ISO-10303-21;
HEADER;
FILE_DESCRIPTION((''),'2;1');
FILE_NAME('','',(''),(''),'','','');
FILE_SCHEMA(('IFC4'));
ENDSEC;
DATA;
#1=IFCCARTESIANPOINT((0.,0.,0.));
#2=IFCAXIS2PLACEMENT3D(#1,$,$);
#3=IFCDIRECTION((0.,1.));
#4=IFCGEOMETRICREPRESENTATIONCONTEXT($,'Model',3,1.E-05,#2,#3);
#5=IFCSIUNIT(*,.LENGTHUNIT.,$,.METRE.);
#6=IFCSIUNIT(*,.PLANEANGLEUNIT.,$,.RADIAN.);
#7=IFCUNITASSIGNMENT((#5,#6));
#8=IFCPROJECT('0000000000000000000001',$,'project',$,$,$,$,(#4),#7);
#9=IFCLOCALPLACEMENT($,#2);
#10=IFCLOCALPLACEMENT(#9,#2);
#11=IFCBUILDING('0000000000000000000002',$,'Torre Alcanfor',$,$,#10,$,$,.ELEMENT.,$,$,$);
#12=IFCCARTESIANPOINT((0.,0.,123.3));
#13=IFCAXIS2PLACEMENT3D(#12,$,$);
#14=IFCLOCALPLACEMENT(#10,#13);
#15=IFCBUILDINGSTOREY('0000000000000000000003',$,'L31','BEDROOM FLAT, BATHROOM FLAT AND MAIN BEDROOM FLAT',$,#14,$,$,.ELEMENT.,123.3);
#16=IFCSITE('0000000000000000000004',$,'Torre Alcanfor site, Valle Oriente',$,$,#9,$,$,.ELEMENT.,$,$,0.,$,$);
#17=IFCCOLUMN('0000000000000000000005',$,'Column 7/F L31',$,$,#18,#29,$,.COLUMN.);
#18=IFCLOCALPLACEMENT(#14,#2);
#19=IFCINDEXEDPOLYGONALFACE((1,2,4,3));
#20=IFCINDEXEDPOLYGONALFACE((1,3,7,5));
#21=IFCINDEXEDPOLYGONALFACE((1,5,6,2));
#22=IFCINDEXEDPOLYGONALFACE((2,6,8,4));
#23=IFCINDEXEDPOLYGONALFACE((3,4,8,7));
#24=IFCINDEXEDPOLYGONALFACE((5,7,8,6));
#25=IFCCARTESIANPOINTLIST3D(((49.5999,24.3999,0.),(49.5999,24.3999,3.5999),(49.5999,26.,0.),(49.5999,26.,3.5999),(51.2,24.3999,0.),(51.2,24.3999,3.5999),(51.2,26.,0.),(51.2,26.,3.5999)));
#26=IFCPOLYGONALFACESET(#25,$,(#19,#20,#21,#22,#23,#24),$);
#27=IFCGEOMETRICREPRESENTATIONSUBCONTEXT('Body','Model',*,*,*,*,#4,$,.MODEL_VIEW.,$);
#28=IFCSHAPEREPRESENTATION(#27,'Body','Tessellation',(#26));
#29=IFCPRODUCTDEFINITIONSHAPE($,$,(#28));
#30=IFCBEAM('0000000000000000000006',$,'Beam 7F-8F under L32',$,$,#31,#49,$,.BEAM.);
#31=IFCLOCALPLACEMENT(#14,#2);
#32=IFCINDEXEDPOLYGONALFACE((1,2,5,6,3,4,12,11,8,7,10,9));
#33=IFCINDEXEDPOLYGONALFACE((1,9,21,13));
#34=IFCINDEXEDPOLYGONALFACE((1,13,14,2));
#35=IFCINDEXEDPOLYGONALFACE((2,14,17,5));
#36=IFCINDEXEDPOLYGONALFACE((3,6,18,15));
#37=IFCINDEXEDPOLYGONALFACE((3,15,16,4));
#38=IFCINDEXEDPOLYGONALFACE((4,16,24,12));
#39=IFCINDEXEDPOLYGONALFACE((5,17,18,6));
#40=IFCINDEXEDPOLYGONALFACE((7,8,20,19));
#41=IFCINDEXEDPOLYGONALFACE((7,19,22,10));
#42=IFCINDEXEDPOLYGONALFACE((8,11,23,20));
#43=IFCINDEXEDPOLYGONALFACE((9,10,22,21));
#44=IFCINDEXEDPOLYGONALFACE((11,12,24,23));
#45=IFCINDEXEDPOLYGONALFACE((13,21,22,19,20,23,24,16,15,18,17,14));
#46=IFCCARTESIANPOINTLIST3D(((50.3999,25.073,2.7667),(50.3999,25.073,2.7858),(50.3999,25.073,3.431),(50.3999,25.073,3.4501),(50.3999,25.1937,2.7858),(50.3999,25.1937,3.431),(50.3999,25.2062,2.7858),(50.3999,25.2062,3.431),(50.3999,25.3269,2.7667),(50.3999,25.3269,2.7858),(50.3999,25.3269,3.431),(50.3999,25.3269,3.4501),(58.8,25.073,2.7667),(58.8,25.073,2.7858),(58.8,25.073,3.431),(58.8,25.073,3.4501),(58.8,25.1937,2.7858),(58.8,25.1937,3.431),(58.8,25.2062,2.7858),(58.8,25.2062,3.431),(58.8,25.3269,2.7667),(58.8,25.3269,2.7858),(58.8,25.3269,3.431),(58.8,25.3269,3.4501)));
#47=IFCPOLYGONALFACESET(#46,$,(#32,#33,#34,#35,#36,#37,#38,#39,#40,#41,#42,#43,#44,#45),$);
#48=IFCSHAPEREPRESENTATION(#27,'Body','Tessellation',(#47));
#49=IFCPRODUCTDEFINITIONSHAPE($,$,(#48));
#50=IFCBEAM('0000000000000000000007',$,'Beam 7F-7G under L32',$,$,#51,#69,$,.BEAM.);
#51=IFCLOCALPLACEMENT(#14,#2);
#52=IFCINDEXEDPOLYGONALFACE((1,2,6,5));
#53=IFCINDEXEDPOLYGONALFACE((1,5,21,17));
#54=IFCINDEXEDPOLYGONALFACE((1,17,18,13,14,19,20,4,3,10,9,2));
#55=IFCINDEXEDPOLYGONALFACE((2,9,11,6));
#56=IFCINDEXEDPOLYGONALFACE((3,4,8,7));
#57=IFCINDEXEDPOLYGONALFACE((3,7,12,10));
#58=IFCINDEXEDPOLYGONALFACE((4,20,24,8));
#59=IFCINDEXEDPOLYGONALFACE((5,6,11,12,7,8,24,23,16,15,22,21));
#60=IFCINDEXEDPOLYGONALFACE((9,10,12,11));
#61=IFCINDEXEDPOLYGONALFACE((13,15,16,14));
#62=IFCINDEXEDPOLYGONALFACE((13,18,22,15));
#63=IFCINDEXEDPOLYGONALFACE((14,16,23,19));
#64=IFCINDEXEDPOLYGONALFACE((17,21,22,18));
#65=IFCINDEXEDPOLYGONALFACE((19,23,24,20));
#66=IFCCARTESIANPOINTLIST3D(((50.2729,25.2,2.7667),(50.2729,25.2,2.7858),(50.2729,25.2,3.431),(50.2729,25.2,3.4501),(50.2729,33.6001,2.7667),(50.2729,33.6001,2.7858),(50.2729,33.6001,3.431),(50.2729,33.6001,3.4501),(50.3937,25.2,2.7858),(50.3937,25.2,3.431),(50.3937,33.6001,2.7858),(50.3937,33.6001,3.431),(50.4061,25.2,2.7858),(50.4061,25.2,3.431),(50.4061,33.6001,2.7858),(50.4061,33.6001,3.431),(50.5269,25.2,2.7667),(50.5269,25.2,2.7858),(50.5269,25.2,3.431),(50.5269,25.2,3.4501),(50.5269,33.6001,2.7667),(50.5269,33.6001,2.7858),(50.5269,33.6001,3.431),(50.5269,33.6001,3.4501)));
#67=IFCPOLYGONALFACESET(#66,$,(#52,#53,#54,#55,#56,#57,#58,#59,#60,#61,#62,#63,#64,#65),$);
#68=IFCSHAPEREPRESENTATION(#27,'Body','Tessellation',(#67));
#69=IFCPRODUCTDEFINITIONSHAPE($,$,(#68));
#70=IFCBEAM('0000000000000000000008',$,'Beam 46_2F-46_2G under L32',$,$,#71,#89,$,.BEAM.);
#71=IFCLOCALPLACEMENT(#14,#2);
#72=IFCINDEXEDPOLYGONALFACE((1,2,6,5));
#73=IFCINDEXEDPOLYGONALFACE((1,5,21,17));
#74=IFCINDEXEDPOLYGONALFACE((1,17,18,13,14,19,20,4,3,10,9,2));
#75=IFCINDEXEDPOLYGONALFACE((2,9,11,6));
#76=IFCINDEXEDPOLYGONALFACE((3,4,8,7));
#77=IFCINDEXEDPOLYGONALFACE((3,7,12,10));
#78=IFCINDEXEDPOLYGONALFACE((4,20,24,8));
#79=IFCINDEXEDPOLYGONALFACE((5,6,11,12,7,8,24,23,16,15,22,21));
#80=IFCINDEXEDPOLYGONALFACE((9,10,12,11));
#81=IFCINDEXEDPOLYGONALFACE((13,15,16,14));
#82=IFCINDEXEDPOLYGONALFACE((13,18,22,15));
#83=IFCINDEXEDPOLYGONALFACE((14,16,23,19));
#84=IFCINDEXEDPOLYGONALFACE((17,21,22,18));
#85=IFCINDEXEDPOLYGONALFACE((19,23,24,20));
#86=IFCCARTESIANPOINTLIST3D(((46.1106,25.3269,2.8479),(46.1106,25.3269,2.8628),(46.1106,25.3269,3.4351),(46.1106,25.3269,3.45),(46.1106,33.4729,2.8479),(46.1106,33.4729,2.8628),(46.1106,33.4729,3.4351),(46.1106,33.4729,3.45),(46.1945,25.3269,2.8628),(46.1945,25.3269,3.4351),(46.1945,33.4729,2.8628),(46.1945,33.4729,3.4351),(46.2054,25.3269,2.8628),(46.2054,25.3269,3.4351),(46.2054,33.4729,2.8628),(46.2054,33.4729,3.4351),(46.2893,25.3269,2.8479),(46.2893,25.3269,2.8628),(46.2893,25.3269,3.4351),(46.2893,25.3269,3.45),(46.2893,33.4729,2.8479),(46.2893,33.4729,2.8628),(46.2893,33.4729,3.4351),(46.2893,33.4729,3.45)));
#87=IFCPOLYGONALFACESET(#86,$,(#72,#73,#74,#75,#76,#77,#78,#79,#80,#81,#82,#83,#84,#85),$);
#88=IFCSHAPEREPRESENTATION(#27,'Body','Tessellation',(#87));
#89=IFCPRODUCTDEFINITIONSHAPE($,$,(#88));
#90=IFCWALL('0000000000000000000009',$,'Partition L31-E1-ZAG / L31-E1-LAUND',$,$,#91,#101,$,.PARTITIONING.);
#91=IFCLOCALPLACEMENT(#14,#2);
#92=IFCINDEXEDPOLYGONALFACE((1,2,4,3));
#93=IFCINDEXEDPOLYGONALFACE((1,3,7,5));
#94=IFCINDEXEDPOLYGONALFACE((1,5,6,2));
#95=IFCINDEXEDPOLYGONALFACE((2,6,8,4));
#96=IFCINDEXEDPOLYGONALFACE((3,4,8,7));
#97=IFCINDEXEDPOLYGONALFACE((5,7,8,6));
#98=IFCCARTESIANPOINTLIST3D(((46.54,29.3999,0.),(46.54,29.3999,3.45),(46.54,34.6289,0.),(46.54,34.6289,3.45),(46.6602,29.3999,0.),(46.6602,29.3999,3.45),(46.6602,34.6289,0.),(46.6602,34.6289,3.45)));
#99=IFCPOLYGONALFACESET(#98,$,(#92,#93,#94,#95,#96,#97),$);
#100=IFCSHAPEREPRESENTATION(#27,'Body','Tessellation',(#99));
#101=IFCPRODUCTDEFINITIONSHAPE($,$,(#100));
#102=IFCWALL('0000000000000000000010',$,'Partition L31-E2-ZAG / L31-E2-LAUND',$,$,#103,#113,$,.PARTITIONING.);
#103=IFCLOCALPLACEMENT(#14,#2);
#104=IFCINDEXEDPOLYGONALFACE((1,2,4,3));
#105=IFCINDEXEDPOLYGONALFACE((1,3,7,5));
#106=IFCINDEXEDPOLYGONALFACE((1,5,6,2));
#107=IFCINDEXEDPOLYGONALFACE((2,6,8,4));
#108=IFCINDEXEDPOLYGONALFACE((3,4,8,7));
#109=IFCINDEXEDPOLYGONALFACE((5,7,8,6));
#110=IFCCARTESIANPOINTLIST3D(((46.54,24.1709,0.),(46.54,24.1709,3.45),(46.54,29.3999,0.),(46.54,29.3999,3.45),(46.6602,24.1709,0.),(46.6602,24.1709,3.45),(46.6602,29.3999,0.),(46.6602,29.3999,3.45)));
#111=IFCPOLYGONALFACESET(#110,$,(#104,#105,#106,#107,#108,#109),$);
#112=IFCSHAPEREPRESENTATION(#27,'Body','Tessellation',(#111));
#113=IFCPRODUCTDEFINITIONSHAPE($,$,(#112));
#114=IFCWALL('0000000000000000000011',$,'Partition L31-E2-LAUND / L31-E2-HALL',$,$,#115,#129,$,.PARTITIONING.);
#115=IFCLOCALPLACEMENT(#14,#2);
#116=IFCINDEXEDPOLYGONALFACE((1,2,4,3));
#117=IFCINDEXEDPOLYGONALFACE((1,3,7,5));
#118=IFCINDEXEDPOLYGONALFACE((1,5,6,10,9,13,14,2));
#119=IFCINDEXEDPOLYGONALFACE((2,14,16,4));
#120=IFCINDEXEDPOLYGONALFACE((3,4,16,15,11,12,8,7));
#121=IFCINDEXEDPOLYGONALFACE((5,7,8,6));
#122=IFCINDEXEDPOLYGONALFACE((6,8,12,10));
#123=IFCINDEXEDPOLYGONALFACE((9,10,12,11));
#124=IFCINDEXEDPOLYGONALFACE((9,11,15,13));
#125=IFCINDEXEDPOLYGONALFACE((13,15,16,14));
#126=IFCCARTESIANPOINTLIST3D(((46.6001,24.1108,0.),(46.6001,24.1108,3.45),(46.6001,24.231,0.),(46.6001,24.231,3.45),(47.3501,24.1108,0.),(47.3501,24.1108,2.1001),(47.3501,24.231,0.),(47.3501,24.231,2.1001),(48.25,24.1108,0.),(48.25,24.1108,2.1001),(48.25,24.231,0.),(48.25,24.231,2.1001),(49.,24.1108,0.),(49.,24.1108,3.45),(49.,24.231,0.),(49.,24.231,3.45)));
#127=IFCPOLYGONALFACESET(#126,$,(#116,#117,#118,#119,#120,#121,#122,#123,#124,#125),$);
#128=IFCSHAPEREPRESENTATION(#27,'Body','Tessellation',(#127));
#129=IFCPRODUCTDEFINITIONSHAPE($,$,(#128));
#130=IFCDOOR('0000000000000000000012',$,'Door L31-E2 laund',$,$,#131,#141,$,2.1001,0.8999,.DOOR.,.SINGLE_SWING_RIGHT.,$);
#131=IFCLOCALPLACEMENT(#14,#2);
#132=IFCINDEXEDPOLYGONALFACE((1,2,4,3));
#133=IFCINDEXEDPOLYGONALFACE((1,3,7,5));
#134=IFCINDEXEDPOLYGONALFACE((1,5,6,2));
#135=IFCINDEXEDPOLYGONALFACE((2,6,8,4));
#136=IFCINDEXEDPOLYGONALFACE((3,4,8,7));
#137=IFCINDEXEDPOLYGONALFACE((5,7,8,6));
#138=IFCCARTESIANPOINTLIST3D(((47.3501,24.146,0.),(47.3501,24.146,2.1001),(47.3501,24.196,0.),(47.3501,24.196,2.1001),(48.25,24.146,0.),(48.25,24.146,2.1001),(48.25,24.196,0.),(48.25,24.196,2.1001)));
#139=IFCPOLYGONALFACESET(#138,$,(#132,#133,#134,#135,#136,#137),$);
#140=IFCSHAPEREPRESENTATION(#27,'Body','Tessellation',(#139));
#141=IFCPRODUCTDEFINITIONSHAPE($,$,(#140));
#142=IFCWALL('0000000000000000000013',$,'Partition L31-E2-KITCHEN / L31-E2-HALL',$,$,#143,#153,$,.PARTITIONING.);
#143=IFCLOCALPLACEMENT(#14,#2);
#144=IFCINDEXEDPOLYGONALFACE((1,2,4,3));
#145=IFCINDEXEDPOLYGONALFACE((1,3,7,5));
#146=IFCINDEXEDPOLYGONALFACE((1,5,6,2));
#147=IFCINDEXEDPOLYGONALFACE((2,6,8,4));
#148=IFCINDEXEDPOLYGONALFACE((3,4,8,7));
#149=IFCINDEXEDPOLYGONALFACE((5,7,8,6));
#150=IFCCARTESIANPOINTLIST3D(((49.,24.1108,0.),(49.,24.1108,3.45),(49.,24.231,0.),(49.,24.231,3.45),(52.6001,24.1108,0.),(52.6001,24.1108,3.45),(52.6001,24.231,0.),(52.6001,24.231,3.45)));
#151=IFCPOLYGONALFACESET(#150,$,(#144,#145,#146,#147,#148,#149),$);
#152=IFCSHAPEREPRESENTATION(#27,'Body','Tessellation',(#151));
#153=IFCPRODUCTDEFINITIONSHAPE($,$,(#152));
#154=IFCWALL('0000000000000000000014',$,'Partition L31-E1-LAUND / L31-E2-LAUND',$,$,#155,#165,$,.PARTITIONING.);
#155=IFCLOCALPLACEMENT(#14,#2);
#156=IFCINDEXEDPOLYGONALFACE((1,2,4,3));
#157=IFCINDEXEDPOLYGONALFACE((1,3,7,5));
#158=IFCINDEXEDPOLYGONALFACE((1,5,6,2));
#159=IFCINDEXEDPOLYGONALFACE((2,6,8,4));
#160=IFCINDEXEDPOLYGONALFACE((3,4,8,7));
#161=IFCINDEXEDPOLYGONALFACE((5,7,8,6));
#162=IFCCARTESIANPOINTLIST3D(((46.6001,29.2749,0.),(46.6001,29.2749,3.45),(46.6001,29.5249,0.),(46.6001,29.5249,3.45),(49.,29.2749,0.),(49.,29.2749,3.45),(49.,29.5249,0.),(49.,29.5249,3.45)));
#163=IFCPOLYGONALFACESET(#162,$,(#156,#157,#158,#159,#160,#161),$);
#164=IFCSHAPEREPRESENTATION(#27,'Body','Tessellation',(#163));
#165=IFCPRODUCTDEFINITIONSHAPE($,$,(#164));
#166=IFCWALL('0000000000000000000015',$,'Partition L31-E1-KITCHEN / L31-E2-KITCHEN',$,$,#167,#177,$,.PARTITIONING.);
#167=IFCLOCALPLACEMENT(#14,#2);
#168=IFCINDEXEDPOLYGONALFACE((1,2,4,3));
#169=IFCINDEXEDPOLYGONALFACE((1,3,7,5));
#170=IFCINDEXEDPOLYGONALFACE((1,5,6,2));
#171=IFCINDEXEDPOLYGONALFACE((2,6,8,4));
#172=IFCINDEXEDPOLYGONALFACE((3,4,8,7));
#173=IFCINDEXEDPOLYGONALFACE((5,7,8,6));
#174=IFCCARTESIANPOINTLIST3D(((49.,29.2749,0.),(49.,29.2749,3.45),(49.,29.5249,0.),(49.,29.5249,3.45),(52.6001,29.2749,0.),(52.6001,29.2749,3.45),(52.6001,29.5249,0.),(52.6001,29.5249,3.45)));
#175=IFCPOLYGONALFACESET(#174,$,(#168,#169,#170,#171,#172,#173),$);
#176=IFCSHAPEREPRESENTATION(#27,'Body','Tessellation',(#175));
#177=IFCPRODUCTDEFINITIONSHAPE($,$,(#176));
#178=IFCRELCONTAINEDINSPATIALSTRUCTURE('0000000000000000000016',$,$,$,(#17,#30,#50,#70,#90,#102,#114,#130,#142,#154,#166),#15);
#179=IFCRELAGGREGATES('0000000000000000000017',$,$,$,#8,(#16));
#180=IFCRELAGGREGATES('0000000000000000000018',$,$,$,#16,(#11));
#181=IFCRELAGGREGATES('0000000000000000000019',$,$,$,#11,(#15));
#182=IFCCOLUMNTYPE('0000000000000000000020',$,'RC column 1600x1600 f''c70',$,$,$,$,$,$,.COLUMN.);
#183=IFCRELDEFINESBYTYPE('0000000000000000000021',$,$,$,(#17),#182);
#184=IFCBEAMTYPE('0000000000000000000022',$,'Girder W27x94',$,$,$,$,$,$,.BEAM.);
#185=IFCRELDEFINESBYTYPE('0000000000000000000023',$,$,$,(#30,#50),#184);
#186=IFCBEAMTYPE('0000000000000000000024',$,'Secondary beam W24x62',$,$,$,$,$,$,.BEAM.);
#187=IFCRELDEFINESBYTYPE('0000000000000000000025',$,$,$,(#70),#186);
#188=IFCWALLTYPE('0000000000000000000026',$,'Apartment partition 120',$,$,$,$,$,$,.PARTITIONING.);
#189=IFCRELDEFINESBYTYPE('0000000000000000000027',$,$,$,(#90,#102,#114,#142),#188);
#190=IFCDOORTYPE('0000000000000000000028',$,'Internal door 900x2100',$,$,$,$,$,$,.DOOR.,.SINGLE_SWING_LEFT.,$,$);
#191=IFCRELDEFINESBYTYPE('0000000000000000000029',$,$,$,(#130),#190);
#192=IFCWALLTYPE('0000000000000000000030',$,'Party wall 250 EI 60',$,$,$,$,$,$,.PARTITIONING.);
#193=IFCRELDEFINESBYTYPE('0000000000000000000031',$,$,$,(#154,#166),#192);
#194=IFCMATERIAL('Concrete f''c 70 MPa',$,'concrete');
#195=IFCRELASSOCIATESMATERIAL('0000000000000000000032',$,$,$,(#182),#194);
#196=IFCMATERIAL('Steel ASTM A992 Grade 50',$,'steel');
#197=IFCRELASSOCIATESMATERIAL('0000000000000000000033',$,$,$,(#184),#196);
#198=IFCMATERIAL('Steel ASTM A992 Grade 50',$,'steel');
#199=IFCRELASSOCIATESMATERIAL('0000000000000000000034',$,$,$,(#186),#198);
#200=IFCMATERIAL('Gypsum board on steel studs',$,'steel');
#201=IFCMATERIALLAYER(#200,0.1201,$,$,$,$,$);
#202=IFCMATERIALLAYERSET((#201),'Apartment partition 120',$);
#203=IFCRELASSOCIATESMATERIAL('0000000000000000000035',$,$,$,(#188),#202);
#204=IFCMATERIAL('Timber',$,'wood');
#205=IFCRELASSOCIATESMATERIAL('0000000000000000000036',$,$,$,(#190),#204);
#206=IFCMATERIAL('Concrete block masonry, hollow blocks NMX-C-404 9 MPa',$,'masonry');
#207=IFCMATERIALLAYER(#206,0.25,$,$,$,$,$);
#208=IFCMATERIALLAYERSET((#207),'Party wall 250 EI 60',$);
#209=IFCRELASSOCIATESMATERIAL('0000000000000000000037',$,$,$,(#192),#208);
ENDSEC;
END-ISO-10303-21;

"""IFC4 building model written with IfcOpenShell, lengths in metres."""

from ifc_helpers import new_model, si_unit, direction, frame, frame_2d, origin, origin_2d, place, context, subcontext, project, spatial, rectangle, i_section, extrude, material, layer, layer_set, material_profile, profile_set, type_object, element, fill, save


model = new_model("IFC4")

# Units and contexts
model_context = context("Model", 3, precision=1e-05, world=origin(), true_north=direction((0.0, 1.0)))
body_context = subcontext(model_context, "Body", "Model", "MODEL_VIEW")
ifc_project = project(units=[si_unit("LENGTHUNIT", "METRE"), si_unit("PLANEANGLEUNIT", "RADIAN")], contexts=[model_context])

# Site, building, storey
site_placement = place(None, origin())
site = spatial("IfcSite", under=ifc_project, at=site_placement, Name="Torre Alcanfor site, Valle Oriente", CompositionType="ELEMENT", RefElevation=0.0)
building_placement = place(site_placement, origin())
building = spatial("IfcBuilding", under=site, at=building_placement, Name="Torre Alcanfor", CompositionType="ELEMENT")
storey_placement = place(building_placement, frame((0.0, 0.0, 123.3)))
storey = spatial("IfcBuildingStorey", under=building, at=storey_placement, Name="L31", Description="BEDROOM FLAT, BATHROOM FLAT AND MAIN BEDROOM FLAT", CompositionType="ELEMENT", Elevation=123.3)

# Column
ifc_material_1 = material(Name="Concrete f'c 70 MPa", Category="concrete")
ifc_material_profile_1 = material_profile(ifc_material_1, rectangle(XDim=1.6001, YDim=1.6001, at=origin_2d()), Name="1600x1600")
ifc_profile_set_1 = profile_set([ifc_material_profile_1], Name="Concrete f'c 70 MPa")
column_type = type_object("IfcColumnType", Name="RC column 1600x1600 f'c70", PredefinedType="COLUMN", material=ifc_profile_set_1)
column_placement = place(storey_placement, frame((50.3999, 25.2, 0.0), z_axis=(0.0, 0.0, 1.0), x_axis=(1.0, 0.0, 0.0)))
element("IfcColumn", 1, at=column_placement, inside=storey, type_object=column_type, Name="Column 7/F L31", PredefinedType="COLUMN", context=body_context, shape_type="SweptSolid", body=[
    extrude(rectangle(XDim=1.6001, YDim=1.6001, at=origin_2d()), origin(), (0.0, 0.0, 1.0), 3.5999),
])

# Beams
ifc_material_2 = material(Name="Steel ASTM A992 Grade 50", Category="steel")
ifc_material_profile_2 = material_profile(ifc_material_2, i_section(OverallWidth=0.2539, OverallDepth=0.6833, WebThickness=0.0125, FlangeThickness=0.019, at=origin_2d()), Name="W27x94")
ifc_profile_set_2 = profile_set([ifc_material_profile_2], Name="Steel ASTM A992 Grade 50")
beam_type_1 = type_object("IfcBeamType", Name="Girder W27x94", PredefinedType="BEAM", material=ifc_profile_set_2)
for number, where, z_axis, x_axis, name in (
    (2, (50.3999, 25.2, 3.1084), (1.0, 0.0, 0.0), (0.0, 1.0, 0.0), "Beam 7F-8F under L32"),
    (3, (50.3999, 25.2, 3.1084), (0.0, 1.0, 0.0), (-1.0, 0.0, 0.0), "Beam 7F-7G under L32"),
):
    element("IfcBeam", number, at=place(storey_placement, frame(where, z_axis=z_axis, x_axis=x_axis)), inside=storey, type_object=beam_type_1, Name=name, PredefinedType="BEAM", context=body_context, shape_type="SweptSolid", body=[
        extrude(i_section(OverallWidth=0.2539, OverallDepth=0.6833, WebThickness=0.0125, FlangeThickness=0.019, at=origin_2d()), origin(), (0.0, 0.0, 1.0), 8.4001),
    ])
ifc_material_3 = material(Name="Steel ASTM A992 Grade 50", Category="steel")
ifc_material_profile_3 = material_profile(ifc_material_3, i_section(OverallWidth=0.1787, OverallDepth=0.6021, WebThickness=0.011, FlangeThickness=0.0149, at=origin_2d()), Name="W24x62")
ifc_profile_set_3 = profile_set([ifc_material_profile_3], Name="Steel ASTM A992 Grade 50")
beam_type_2 = type_object("IfcBeamType", Name="Secondary beam W24x62", PredefinedType="BEAM", material=ifc_profile_set_3)
beam_placement = place(storey_placement, frame((46.2, 25.3269, 3.1489), z_axis=(0.0, 1.0, 0.0), x_axis=(-1.0, 0.0, 0.0)))
element("IfcBeam", 4, at=beam_placement, inside=storey, type_object=beam_type_2, Name="Beam 46_2F-46_2G under L32", PredefinedType="BEAM", context=body_context, shape_type="SweptSolid", body=[
    extrude(i_section(OverallWidth=0.1787, OverallDepth=0.6021, WebThickness=0.011, FlangeThickness=0.0149, at=origin_2d()), origin(), (0.0, 0.0, 1.0), 8.146),
])

# Walls
ifc_material_4 = material(Name="Gypsum board on steel studs", Category="steel")
ifc_layer_1 = layer(ifc_material_4, 0.1201)
ifc_layer_set_1 = layer_set([ifc_layer_1], Name="Apartment partition 120")
wall_type_1 = type_object("IfcWallType", Name="Apartment partition 120", PredefinedType="PARTITIONING", material=ifc_layer_set_1)
for number, where, z_axis, x_axis, name in (
    (5, (46.6001, 29.3999, 0.0), (0.0, 0.0, 1.0), (0.0, 1.0, 0.0), "Partition L31-E1-ZAG / L31-E1-LAUND"),
    (6, (46.6001, 29.3999, 0.0), (0.0, 0.0, 1.0), (0.0, -1.0, 0.0), "Partition L31-E2-ZAG / L31-E2-LAUND"),
):
    element("IfcWall", number, at=place(storey_placement, frame(where, z_axis=z_axis, x_axis=x_axis)), inside=storey, type_object=wall_type_1, Name=name, PredefinedType="PARTITIONING", context=body_context, shape_type="SweptSolid", body=[
        extrude(rectangle(XDim=5.229, YDim=0.1201, at=frame_2d((2.6145, 0.0))), origin(), (0.0, 0.0, 1.0), 3.45),
    ])

# Wall, opening, door
wall_1_placement = place(storey_placement, frame((49.0, 24.1709, 0.0), z_axis=(0.0, 0.0, 1.0), x_axis=(-1.0, 0.0, 0.0)))
wall_1 = element("IfcWall", 7, at=wall_1_placement, inside=storey, type_object=wall_type_1, Name="Partition L31-E2-LAUND / L31-E2-HALL", PredefinedType="PARTITIONING", context=body_context, shape_type="SweptSolid", body=[
    extrude(rectangle(XDim=2.3999, YDim=0.1201, at=frame_2d((1.2, 0.0))), origin(), (0.0, 0.0, 1.0), 3.45),
])
opening_1_placement = place(wall_1_placement, frame((0.75, 0.0, 0.0)))
opening_1 = element("IfcOpeningElement", 8, at=opening_1_placement, cuts=wall_1, PredefinedType="OPENING", context=body_context, shape_type="SweptSolid", body=[
    extrude(rectangle(XDim=0.8999, YDim=2.1001, at=frame_2d((0.45, 1.05))), frame((0.0, 0.0701, 0.0), z_axis=(0.0, -1.0, 0.0), x_axis=(1.0, 0.0, 0.0)), (0.0, 0.0, 1.0), 0.1401),
])
ifc_material_5 = material(Name="Timber", Category="wood")
door_type_1 = type_object("IfcDoorType", Name="Internal door 900x2100", OperationType="SINGLE_SWING_LEFT", PredefinedType="DOOR", material=ifc_material_5)
door_1_placement = place(opening_1_placement, frame((0.8999, 0.0, 0.0), z_axis=(0.0, 0.0, 1.0), x_axis=(-1.0, 0.0, 0.0)))
door_1 = element("IfcDoor", 9, at=door_1_placement, inside=storey, type_object=door_type_1, Name="Door L31-E2 laund", OperationType="SINGLE_SWING_RIGHT", OverallHeight=2.1001, OverallWidth=0.8999, PredefinedType="DOOR", context=body_context, shape_type="SweptSolid", body=[
    extrude(rectangle(XDim=0.8999, YDim=2.1001, at=frame_2d((0.45, 1.05))), frame((0.0, 0.0251, 0.0), z_axis=(0.0, -1.0, 0.0), x_axis=(1.0, 0.0, 0.0)), (0.0, 0.0, 1.0), 0.05),
])
fill(opening_1, door_1)

# Walls
wall_2_placement = place(storey_placement, frame((52.6001, 24.1709, 0.0), z_axis=(0.0, 0.0, 1.0), x_axis=(-1.0, 0.0, 0.0)))
element("IfcWall", 10, at=wall_2_placement, inside=storey, type_object=wall_type_1, Name="Partition L31-E2-KITCHEN / L31-E2-HALL", PredefinedType="PARTITIONING", context=body_context, shape_type="SweptSolid", body=[
    extrude(rectangle(XDim=3.6001, YDim=0.1201, at=frame_2d((1.8, 0.0))), origin(), (0.0, 0.0, 1.0), 3.45),
])
ifc_material_6 = material(Name="Concrete block masonry, hollow blocks NMX-C-404 9 MPa", Category="masonry")
ifc_layer_2 = layer(ifc_material_6, 0.25)
ifc_layer_set_2 = layer_set([ifc_layer_2], Name="Party wall 250 EI 60")
wall_type_2 = type_object("IfcWallType", Name="Party wall 250 EI 60", PredefinedType="PARTITIONING", material=ifc_layer_set_2)
wall_3_placement = place(storey_placement, frame((46.6001, 29.3999, 0.0), z_axis=(0.0, 0.0, 1.0), x_axis=(1.0, 0.0, 0.0)))
element("IfcWall", 11, at=wall_3_placement, inside=storey, type_object=wall_type_2, Name="Partition L31-E1-LAUND / L31-E2-LAUND", PredefinedType="PARTITIONING", context=body_context, shape_type="SweptSolid", body=[
    extrude(rectangle(XDim=2.3999, YDim=0.25, at=frame_2d((1.2, 0.0))), origin(), (0.0, 0.0, 1.0), 3.45),
])
wall_4_placement = place(storey_placement, frame((49.0, 29.3999, 0.0), z_axis=(0.0, 0.0, 1.0), x_axis=(1.0, 0.0, 0.0)))
element("IfcWall", 12, at=wall_4_placement, inside=storey, type_object=wall_type_2, Name="Partition L31-E1-KITCHEN / L31-E2-KITCHEN", PredefinedType="PARTITIONING", context=body_context, shape_type="SweptSolid", body=[
    extrude(rectangle(XDim=3.6001, YDim=0.25, at=frame_2d((1.8, 0.0))), origin(), (0.0, 0.0, 1.0), 3.45),
])

save(model, "model.ifc")
